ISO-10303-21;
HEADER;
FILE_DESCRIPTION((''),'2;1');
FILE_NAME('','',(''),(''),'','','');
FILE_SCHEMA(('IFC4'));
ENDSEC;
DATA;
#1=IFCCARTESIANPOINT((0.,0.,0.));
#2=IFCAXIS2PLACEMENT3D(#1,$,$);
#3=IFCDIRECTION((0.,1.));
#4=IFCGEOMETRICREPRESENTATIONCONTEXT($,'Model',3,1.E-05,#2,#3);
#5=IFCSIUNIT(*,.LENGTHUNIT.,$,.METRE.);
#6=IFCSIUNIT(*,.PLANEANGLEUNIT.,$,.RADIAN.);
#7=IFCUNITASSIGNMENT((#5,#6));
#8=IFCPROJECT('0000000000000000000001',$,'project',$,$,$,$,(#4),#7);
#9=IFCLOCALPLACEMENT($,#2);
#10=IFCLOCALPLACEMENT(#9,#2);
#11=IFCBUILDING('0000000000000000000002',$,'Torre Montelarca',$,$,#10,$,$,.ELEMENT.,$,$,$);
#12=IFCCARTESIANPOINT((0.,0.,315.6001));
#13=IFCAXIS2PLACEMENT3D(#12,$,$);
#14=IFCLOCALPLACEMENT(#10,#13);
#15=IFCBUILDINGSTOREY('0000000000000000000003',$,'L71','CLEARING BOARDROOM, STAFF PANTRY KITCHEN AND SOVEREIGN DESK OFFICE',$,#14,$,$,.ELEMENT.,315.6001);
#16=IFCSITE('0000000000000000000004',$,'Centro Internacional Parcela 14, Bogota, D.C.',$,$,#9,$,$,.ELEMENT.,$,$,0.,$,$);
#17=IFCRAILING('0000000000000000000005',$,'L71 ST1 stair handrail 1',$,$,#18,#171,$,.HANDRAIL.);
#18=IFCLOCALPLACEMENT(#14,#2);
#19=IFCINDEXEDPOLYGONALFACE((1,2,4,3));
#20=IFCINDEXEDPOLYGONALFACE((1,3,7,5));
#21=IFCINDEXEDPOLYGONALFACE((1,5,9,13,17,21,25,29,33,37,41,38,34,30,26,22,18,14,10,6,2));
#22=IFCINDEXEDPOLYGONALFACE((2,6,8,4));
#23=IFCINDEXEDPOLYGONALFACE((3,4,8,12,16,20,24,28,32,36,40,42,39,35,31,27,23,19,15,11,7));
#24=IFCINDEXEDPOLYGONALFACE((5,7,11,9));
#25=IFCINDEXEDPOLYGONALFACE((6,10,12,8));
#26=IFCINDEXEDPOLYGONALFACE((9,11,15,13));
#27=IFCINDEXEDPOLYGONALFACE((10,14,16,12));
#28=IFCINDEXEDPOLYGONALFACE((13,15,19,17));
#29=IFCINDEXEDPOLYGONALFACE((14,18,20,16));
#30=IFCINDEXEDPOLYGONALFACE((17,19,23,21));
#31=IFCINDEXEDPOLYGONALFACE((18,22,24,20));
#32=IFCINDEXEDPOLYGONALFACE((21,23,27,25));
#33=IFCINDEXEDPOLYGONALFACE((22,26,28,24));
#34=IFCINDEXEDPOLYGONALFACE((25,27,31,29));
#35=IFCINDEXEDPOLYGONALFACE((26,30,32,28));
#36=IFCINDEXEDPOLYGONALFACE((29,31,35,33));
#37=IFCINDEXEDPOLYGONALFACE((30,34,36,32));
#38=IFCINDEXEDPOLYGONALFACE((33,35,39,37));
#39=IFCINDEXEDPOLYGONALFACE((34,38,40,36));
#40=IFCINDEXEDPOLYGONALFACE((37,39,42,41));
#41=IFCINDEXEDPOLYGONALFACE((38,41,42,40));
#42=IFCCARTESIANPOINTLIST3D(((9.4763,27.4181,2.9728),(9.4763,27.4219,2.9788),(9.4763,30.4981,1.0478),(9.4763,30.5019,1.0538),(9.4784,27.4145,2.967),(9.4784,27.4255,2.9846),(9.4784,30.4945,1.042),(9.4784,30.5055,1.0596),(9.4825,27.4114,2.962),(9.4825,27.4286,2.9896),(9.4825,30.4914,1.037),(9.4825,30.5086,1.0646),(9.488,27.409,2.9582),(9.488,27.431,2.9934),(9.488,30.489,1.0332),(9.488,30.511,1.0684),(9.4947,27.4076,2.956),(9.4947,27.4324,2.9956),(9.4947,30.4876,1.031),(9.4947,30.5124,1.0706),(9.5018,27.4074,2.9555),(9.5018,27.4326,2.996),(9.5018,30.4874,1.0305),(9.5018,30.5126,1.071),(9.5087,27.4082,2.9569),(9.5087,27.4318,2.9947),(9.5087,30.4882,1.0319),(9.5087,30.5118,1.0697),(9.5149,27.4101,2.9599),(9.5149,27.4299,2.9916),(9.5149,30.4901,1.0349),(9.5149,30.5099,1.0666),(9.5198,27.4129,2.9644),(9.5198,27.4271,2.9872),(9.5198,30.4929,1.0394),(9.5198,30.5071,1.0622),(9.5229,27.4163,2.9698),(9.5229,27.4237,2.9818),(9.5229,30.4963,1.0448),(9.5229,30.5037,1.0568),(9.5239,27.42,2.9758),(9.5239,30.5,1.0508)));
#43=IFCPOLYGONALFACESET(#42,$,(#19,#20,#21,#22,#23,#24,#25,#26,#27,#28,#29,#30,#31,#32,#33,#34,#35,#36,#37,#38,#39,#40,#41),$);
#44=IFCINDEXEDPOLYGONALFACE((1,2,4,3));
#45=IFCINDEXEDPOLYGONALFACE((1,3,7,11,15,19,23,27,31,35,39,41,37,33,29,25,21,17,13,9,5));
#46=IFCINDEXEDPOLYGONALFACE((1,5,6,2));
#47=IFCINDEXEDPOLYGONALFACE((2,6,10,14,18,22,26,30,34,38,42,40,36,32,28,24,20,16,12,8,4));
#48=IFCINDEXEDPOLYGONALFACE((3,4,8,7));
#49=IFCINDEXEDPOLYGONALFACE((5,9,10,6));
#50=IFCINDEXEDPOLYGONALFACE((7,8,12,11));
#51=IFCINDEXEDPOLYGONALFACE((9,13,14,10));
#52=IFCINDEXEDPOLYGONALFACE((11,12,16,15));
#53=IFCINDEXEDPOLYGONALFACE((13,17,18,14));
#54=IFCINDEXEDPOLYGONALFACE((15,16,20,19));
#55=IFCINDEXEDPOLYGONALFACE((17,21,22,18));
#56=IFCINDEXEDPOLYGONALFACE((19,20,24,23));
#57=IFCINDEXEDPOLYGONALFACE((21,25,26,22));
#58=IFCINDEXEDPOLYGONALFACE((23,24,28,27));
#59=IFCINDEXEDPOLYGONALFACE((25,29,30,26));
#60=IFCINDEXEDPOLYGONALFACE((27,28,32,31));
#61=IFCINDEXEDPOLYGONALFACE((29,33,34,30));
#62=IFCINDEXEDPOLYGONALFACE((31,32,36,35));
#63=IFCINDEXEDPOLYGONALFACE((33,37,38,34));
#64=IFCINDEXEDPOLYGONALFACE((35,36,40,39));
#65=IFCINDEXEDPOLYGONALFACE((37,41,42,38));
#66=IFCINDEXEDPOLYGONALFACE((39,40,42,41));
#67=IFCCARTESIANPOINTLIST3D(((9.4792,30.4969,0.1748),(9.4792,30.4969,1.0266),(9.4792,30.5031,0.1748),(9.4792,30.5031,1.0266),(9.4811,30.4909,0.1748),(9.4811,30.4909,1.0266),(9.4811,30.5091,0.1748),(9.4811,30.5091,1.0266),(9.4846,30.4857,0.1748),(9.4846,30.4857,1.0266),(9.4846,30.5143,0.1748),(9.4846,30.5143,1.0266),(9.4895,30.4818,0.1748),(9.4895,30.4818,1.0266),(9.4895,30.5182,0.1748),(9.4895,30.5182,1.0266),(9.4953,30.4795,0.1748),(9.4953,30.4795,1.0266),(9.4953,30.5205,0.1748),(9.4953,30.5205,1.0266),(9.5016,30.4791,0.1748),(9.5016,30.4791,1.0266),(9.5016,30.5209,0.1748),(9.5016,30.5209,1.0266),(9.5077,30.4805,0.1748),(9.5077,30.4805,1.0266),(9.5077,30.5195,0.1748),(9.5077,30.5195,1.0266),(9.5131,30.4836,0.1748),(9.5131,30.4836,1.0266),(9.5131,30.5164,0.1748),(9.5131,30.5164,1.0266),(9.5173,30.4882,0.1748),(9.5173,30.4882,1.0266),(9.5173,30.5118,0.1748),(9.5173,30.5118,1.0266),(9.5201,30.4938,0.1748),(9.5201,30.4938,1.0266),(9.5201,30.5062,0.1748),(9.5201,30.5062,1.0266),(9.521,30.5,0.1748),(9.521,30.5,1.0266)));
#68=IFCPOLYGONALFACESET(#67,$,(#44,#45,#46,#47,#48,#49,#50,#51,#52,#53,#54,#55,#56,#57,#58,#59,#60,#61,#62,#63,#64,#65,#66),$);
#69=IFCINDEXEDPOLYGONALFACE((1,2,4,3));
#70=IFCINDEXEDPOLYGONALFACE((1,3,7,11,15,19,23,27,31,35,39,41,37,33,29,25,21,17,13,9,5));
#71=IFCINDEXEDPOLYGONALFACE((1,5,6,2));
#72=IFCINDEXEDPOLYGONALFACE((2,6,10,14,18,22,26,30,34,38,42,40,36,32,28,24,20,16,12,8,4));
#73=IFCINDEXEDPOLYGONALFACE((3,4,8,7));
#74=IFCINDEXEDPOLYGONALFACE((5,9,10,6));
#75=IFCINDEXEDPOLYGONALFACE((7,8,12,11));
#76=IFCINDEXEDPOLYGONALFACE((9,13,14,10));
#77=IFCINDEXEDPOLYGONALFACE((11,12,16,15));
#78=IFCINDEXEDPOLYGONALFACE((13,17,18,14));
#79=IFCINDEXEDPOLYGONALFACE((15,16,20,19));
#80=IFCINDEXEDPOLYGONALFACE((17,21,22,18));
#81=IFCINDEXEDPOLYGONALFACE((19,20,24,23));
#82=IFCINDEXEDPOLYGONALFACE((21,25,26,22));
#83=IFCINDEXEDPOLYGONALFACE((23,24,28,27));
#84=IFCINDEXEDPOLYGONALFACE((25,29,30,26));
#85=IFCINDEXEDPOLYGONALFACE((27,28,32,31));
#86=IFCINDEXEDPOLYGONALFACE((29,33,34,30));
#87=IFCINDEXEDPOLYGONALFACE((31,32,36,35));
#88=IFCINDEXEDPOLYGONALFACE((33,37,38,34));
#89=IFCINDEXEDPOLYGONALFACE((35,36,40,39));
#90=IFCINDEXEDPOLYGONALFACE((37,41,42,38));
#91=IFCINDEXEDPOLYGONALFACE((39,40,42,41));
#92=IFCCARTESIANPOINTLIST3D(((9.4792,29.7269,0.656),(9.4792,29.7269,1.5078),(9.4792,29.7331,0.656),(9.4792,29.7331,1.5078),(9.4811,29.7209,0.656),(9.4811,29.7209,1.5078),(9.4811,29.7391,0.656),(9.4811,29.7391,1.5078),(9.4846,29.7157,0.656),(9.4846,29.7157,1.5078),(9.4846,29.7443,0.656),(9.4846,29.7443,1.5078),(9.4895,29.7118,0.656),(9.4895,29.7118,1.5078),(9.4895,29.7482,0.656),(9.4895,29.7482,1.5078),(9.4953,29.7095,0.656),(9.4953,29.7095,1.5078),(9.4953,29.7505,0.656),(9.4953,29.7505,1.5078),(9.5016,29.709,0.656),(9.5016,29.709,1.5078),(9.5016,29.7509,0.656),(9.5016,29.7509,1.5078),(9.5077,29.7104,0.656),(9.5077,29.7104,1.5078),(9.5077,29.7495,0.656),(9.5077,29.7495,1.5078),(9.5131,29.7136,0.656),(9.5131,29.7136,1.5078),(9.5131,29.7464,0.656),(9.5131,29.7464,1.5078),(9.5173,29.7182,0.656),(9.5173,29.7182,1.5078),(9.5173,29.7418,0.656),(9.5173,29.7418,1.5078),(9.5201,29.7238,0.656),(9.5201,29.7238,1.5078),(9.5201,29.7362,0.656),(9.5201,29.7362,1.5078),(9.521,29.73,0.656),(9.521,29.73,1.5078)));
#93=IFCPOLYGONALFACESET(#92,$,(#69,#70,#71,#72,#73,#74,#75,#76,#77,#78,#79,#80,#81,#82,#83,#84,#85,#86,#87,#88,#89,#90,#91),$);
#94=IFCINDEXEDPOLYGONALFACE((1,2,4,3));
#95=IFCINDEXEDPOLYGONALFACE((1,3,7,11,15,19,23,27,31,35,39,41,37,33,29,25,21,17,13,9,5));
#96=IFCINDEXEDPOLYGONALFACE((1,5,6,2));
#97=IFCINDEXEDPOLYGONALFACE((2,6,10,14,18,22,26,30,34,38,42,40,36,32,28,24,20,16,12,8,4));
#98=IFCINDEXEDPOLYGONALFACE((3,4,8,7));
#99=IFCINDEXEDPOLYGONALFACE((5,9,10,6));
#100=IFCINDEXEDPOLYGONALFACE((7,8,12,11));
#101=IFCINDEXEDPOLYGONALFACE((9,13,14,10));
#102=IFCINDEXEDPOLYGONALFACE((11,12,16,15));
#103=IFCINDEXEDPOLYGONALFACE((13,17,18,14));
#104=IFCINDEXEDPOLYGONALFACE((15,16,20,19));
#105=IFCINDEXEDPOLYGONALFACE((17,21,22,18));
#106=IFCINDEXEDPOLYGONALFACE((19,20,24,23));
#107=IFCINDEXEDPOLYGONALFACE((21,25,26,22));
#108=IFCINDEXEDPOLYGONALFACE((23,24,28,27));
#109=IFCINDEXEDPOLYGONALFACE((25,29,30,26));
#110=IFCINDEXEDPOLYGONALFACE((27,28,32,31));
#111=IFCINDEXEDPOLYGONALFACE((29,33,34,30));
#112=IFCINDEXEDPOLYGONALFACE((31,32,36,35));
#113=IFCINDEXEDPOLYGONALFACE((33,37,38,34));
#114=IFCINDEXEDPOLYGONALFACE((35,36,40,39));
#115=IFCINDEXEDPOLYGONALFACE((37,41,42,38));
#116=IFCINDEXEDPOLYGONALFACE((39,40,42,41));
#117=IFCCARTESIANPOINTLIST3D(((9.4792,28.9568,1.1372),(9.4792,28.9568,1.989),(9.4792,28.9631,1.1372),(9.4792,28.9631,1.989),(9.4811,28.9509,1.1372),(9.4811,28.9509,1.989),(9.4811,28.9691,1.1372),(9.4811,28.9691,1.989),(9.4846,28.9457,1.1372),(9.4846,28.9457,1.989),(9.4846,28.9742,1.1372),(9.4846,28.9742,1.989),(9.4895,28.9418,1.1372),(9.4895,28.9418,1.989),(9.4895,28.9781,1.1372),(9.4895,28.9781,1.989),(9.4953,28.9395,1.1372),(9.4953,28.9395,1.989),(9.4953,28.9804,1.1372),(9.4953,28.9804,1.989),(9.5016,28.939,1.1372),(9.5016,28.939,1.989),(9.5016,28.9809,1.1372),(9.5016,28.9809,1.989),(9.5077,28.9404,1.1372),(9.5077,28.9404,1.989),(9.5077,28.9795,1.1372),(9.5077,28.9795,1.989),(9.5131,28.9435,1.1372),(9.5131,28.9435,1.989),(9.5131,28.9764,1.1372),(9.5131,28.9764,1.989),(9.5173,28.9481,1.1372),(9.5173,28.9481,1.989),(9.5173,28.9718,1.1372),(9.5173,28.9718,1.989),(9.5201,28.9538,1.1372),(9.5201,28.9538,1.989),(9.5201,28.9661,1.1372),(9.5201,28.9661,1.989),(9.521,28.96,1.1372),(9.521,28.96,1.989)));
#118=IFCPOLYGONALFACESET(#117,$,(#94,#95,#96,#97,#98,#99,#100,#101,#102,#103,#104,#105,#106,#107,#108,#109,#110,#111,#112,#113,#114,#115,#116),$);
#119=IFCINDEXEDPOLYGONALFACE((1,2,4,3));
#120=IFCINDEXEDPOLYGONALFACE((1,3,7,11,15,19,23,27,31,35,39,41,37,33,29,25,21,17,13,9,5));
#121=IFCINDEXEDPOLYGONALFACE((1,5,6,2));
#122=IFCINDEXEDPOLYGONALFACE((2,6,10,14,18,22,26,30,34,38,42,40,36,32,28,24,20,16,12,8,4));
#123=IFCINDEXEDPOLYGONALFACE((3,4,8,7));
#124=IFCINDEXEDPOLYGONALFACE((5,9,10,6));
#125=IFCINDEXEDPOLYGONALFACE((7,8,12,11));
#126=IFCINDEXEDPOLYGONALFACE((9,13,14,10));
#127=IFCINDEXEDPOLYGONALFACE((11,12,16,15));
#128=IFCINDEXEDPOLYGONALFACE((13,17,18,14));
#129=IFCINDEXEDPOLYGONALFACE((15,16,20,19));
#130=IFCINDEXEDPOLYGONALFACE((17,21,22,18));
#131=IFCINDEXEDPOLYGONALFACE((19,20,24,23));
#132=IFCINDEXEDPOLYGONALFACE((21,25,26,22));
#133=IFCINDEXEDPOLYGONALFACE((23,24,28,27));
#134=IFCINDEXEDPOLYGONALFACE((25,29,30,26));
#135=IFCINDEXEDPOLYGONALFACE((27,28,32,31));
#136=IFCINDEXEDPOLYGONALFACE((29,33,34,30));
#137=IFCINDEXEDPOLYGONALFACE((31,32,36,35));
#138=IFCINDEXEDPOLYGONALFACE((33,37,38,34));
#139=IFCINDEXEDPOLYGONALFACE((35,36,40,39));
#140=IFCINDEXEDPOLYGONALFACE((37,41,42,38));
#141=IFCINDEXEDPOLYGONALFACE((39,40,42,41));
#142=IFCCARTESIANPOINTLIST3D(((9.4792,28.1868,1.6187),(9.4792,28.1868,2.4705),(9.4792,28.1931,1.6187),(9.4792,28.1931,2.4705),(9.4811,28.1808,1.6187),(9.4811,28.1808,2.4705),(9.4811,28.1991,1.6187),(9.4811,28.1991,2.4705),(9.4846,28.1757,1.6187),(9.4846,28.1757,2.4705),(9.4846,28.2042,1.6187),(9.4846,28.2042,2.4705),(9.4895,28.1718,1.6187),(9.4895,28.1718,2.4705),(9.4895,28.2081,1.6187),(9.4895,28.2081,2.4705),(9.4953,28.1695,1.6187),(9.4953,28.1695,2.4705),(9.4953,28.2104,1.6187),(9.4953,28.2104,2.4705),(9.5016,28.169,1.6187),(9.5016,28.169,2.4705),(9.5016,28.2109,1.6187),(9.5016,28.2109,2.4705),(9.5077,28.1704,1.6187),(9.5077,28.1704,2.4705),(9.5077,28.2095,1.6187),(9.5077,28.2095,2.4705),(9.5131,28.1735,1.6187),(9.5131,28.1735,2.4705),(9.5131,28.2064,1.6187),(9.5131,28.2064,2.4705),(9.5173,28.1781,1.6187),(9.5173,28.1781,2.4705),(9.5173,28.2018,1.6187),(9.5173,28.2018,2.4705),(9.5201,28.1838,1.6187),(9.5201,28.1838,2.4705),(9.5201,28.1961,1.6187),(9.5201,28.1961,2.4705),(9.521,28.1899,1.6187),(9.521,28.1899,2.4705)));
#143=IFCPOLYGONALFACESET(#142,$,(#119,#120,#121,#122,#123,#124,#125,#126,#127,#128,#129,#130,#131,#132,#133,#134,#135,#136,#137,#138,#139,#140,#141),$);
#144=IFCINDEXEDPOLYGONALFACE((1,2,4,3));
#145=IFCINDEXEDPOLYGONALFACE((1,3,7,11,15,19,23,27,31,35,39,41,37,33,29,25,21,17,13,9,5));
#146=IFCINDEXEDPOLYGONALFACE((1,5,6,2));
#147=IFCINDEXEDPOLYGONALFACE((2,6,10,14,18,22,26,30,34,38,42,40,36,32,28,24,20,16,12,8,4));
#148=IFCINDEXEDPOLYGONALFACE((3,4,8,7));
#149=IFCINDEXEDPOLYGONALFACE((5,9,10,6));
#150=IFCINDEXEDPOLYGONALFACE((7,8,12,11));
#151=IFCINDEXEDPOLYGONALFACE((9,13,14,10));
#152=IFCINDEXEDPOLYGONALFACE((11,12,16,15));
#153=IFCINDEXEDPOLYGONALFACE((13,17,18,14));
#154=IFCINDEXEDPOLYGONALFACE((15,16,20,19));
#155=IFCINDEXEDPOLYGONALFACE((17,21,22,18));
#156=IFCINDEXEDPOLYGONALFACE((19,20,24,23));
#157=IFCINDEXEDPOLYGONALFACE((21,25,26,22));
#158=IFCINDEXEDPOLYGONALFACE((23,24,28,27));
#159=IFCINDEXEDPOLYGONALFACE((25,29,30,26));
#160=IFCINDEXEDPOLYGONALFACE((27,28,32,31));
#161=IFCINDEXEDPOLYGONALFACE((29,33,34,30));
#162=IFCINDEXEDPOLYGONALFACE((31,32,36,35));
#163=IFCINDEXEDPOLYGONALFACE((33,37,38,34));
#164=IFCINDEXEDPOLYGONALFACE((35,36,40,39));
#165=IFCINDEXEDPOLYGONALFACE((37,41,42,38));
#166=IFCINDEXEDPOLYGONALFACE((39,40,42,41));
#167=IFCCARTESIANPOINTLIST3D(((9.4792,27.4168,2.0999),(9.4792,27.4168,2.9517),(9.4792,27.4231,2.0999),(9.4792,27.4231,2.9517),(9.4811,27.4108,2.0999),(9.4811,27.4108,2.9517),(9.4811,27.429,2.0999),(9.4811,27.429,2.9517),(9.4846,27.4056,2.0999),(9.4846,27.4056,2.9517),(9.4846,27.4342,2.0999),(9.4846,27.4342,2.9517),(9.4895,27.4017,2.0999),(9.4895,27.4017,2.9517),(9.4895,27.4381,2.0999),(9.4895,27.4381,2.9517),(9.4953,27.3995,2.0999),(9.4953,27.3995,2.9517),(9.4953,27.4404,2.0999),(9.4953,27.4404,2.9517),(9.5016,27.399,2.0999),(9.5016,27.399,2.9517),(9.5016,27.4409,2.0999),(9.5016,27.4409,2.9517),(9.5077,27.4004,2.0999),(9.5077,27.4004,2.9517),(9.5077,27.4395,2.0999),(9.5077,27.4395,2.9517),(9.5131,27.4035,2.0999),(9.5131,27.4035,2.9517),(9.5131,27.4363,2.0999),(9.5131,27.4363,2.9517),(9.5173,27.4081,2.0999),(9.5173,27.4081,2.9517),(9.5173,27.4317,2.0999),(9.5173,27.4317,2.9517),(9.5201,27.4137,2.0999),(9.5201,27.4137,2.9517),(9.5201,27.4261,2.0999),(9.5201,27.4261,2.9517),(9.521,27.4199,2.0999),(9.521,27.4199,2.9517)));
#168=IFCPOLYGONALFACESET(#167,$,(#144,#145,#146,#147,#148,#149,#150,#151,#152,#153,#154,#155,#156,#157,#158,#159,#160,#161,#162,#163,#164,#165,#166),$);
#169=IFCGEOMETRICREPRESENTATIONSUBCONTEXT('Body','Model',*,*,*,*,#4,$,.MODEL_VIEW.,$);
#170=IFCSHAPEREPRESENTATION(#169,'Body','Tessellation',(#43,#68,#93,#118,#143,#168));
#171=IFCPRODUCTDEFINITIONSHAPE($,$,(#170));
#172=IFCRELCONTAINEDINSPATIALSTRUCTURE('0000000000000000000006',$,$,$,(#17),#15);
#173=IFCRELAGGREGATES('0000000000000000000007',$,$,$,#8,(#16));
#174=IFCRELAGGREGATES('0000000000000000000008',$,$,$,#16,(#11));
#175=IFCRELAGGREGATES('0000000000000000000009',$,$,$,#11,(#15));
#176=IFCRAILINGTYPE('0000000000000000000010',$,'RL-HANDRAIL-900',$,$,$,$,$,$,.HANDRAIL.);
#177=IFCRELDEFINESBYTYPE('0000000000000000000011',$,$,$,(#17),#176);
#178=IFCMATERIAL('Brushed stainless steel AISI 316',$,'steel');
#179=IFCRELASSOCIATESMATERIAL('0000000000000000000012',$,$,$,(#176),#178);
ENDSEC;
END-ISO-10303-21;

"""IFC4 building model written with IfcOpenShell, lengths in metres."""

from ifc_helpers import new_model, si_unit, direction, frame, origin, origin_2d, place, context, subcontext, project, spatial, circle, extrude, material, type_object, element, save


model = new_model("IFC4")

# Units and contexts
model_context = context("Model", 3, precision=1e-05, world=origin(), true_north=direction((0.0, 1.0)))
body_context = subcontext(model_context, "Body", "Model", "MODEL_VIEW")
ifc_project = project(units=[si_unit("LENGTHUNIT", "METRE"), si_unit("PLANEANGLEUNIT", "RADIAN")], contexts=[model_context])

# Site, building, storey
site_placement = place(None, origin())
site = spatial("IfcSite", under=ifc_project, at=site_placement, Name="Centro Internacional Parcela 14, Bogota, D.C.", CompositionType="ELEMENT", RefElevation=0.0)
building_placement = place(site_placement, origin())
building = spatial("IfcBuilding", under=site, at=building_placement, Name="Torre Montelarca", CompositionType="ELEMENT")
storey_placement = place(building_placement, frame((0.0, 0.0, 315.6001)))
storey = spatial("IfcBuildingStorey", under=building, at=storey_placement, Name="L71", Description="CLEARING BOARDROOM, STAFF PANTRY KITCHEN AND SOVEREIGN DESK OFFICE", CompositionType="ELEMENT", Elevation=315.6001)

# Railing
ifc_material_1 = material(Name="Brushed stainless steel AISI 316", Category="steel")
railing_type_1 = type_object("IfcRailingType", Name="RL-HANDRAIL-900", PredefinedType="HANDRAIL", material=ifc_material_1)
railing_1_placement = place(storey_placement, frame((9.5, 30.5, 0.1748)))
element("IfcRailing", 1, at=railing_1_placement, inside=storey, type_object=railing_type_1, Name="L71 ST1 stair handrail 1", PredefinedType="HANDRAIL", context=body_context, shape_type="SweptSolid", body=[
    extrude(circle(Radius=0.0239, at=origin_2d()), frame((0.0, 0.0, 0.876), z_axis=(0.0, -0.847998, 0.529999), x_axis=(1.0, 0.0, 0.0)), (0.0, 0.0, 1.0), 3.6321),
    extrude(circle(Radius=0.021, at=origin_2d()), origin(), (0.0, 0.0, 1.0), 0.8518),
    extrude(circle(Radius=0.021, at=origin_2d()), frame((0.0, -0.77, 0.4812)), (0.0, 0.0, 1.0), 0.8518),
    extrude(circle(Radius=0.021, at=origin_2d()), frame((0.0, -1.54, 0.9624)), (0.0, 0.0, 1.0), 0.8518),
    extrude(circle(Radius=0.021, at=origin_2d()), frame((0.0, -2.3101, 1.4438)), (0.0, 0.0, 1.0), 0.8518),
    extrude(circle(Radius=0.021, at=origin_2d()), frame((0.0, -3.0801, 1.925)), (0.0, 0.0, 1.0), 0.8518),
])

save(model, "model.ifc")
